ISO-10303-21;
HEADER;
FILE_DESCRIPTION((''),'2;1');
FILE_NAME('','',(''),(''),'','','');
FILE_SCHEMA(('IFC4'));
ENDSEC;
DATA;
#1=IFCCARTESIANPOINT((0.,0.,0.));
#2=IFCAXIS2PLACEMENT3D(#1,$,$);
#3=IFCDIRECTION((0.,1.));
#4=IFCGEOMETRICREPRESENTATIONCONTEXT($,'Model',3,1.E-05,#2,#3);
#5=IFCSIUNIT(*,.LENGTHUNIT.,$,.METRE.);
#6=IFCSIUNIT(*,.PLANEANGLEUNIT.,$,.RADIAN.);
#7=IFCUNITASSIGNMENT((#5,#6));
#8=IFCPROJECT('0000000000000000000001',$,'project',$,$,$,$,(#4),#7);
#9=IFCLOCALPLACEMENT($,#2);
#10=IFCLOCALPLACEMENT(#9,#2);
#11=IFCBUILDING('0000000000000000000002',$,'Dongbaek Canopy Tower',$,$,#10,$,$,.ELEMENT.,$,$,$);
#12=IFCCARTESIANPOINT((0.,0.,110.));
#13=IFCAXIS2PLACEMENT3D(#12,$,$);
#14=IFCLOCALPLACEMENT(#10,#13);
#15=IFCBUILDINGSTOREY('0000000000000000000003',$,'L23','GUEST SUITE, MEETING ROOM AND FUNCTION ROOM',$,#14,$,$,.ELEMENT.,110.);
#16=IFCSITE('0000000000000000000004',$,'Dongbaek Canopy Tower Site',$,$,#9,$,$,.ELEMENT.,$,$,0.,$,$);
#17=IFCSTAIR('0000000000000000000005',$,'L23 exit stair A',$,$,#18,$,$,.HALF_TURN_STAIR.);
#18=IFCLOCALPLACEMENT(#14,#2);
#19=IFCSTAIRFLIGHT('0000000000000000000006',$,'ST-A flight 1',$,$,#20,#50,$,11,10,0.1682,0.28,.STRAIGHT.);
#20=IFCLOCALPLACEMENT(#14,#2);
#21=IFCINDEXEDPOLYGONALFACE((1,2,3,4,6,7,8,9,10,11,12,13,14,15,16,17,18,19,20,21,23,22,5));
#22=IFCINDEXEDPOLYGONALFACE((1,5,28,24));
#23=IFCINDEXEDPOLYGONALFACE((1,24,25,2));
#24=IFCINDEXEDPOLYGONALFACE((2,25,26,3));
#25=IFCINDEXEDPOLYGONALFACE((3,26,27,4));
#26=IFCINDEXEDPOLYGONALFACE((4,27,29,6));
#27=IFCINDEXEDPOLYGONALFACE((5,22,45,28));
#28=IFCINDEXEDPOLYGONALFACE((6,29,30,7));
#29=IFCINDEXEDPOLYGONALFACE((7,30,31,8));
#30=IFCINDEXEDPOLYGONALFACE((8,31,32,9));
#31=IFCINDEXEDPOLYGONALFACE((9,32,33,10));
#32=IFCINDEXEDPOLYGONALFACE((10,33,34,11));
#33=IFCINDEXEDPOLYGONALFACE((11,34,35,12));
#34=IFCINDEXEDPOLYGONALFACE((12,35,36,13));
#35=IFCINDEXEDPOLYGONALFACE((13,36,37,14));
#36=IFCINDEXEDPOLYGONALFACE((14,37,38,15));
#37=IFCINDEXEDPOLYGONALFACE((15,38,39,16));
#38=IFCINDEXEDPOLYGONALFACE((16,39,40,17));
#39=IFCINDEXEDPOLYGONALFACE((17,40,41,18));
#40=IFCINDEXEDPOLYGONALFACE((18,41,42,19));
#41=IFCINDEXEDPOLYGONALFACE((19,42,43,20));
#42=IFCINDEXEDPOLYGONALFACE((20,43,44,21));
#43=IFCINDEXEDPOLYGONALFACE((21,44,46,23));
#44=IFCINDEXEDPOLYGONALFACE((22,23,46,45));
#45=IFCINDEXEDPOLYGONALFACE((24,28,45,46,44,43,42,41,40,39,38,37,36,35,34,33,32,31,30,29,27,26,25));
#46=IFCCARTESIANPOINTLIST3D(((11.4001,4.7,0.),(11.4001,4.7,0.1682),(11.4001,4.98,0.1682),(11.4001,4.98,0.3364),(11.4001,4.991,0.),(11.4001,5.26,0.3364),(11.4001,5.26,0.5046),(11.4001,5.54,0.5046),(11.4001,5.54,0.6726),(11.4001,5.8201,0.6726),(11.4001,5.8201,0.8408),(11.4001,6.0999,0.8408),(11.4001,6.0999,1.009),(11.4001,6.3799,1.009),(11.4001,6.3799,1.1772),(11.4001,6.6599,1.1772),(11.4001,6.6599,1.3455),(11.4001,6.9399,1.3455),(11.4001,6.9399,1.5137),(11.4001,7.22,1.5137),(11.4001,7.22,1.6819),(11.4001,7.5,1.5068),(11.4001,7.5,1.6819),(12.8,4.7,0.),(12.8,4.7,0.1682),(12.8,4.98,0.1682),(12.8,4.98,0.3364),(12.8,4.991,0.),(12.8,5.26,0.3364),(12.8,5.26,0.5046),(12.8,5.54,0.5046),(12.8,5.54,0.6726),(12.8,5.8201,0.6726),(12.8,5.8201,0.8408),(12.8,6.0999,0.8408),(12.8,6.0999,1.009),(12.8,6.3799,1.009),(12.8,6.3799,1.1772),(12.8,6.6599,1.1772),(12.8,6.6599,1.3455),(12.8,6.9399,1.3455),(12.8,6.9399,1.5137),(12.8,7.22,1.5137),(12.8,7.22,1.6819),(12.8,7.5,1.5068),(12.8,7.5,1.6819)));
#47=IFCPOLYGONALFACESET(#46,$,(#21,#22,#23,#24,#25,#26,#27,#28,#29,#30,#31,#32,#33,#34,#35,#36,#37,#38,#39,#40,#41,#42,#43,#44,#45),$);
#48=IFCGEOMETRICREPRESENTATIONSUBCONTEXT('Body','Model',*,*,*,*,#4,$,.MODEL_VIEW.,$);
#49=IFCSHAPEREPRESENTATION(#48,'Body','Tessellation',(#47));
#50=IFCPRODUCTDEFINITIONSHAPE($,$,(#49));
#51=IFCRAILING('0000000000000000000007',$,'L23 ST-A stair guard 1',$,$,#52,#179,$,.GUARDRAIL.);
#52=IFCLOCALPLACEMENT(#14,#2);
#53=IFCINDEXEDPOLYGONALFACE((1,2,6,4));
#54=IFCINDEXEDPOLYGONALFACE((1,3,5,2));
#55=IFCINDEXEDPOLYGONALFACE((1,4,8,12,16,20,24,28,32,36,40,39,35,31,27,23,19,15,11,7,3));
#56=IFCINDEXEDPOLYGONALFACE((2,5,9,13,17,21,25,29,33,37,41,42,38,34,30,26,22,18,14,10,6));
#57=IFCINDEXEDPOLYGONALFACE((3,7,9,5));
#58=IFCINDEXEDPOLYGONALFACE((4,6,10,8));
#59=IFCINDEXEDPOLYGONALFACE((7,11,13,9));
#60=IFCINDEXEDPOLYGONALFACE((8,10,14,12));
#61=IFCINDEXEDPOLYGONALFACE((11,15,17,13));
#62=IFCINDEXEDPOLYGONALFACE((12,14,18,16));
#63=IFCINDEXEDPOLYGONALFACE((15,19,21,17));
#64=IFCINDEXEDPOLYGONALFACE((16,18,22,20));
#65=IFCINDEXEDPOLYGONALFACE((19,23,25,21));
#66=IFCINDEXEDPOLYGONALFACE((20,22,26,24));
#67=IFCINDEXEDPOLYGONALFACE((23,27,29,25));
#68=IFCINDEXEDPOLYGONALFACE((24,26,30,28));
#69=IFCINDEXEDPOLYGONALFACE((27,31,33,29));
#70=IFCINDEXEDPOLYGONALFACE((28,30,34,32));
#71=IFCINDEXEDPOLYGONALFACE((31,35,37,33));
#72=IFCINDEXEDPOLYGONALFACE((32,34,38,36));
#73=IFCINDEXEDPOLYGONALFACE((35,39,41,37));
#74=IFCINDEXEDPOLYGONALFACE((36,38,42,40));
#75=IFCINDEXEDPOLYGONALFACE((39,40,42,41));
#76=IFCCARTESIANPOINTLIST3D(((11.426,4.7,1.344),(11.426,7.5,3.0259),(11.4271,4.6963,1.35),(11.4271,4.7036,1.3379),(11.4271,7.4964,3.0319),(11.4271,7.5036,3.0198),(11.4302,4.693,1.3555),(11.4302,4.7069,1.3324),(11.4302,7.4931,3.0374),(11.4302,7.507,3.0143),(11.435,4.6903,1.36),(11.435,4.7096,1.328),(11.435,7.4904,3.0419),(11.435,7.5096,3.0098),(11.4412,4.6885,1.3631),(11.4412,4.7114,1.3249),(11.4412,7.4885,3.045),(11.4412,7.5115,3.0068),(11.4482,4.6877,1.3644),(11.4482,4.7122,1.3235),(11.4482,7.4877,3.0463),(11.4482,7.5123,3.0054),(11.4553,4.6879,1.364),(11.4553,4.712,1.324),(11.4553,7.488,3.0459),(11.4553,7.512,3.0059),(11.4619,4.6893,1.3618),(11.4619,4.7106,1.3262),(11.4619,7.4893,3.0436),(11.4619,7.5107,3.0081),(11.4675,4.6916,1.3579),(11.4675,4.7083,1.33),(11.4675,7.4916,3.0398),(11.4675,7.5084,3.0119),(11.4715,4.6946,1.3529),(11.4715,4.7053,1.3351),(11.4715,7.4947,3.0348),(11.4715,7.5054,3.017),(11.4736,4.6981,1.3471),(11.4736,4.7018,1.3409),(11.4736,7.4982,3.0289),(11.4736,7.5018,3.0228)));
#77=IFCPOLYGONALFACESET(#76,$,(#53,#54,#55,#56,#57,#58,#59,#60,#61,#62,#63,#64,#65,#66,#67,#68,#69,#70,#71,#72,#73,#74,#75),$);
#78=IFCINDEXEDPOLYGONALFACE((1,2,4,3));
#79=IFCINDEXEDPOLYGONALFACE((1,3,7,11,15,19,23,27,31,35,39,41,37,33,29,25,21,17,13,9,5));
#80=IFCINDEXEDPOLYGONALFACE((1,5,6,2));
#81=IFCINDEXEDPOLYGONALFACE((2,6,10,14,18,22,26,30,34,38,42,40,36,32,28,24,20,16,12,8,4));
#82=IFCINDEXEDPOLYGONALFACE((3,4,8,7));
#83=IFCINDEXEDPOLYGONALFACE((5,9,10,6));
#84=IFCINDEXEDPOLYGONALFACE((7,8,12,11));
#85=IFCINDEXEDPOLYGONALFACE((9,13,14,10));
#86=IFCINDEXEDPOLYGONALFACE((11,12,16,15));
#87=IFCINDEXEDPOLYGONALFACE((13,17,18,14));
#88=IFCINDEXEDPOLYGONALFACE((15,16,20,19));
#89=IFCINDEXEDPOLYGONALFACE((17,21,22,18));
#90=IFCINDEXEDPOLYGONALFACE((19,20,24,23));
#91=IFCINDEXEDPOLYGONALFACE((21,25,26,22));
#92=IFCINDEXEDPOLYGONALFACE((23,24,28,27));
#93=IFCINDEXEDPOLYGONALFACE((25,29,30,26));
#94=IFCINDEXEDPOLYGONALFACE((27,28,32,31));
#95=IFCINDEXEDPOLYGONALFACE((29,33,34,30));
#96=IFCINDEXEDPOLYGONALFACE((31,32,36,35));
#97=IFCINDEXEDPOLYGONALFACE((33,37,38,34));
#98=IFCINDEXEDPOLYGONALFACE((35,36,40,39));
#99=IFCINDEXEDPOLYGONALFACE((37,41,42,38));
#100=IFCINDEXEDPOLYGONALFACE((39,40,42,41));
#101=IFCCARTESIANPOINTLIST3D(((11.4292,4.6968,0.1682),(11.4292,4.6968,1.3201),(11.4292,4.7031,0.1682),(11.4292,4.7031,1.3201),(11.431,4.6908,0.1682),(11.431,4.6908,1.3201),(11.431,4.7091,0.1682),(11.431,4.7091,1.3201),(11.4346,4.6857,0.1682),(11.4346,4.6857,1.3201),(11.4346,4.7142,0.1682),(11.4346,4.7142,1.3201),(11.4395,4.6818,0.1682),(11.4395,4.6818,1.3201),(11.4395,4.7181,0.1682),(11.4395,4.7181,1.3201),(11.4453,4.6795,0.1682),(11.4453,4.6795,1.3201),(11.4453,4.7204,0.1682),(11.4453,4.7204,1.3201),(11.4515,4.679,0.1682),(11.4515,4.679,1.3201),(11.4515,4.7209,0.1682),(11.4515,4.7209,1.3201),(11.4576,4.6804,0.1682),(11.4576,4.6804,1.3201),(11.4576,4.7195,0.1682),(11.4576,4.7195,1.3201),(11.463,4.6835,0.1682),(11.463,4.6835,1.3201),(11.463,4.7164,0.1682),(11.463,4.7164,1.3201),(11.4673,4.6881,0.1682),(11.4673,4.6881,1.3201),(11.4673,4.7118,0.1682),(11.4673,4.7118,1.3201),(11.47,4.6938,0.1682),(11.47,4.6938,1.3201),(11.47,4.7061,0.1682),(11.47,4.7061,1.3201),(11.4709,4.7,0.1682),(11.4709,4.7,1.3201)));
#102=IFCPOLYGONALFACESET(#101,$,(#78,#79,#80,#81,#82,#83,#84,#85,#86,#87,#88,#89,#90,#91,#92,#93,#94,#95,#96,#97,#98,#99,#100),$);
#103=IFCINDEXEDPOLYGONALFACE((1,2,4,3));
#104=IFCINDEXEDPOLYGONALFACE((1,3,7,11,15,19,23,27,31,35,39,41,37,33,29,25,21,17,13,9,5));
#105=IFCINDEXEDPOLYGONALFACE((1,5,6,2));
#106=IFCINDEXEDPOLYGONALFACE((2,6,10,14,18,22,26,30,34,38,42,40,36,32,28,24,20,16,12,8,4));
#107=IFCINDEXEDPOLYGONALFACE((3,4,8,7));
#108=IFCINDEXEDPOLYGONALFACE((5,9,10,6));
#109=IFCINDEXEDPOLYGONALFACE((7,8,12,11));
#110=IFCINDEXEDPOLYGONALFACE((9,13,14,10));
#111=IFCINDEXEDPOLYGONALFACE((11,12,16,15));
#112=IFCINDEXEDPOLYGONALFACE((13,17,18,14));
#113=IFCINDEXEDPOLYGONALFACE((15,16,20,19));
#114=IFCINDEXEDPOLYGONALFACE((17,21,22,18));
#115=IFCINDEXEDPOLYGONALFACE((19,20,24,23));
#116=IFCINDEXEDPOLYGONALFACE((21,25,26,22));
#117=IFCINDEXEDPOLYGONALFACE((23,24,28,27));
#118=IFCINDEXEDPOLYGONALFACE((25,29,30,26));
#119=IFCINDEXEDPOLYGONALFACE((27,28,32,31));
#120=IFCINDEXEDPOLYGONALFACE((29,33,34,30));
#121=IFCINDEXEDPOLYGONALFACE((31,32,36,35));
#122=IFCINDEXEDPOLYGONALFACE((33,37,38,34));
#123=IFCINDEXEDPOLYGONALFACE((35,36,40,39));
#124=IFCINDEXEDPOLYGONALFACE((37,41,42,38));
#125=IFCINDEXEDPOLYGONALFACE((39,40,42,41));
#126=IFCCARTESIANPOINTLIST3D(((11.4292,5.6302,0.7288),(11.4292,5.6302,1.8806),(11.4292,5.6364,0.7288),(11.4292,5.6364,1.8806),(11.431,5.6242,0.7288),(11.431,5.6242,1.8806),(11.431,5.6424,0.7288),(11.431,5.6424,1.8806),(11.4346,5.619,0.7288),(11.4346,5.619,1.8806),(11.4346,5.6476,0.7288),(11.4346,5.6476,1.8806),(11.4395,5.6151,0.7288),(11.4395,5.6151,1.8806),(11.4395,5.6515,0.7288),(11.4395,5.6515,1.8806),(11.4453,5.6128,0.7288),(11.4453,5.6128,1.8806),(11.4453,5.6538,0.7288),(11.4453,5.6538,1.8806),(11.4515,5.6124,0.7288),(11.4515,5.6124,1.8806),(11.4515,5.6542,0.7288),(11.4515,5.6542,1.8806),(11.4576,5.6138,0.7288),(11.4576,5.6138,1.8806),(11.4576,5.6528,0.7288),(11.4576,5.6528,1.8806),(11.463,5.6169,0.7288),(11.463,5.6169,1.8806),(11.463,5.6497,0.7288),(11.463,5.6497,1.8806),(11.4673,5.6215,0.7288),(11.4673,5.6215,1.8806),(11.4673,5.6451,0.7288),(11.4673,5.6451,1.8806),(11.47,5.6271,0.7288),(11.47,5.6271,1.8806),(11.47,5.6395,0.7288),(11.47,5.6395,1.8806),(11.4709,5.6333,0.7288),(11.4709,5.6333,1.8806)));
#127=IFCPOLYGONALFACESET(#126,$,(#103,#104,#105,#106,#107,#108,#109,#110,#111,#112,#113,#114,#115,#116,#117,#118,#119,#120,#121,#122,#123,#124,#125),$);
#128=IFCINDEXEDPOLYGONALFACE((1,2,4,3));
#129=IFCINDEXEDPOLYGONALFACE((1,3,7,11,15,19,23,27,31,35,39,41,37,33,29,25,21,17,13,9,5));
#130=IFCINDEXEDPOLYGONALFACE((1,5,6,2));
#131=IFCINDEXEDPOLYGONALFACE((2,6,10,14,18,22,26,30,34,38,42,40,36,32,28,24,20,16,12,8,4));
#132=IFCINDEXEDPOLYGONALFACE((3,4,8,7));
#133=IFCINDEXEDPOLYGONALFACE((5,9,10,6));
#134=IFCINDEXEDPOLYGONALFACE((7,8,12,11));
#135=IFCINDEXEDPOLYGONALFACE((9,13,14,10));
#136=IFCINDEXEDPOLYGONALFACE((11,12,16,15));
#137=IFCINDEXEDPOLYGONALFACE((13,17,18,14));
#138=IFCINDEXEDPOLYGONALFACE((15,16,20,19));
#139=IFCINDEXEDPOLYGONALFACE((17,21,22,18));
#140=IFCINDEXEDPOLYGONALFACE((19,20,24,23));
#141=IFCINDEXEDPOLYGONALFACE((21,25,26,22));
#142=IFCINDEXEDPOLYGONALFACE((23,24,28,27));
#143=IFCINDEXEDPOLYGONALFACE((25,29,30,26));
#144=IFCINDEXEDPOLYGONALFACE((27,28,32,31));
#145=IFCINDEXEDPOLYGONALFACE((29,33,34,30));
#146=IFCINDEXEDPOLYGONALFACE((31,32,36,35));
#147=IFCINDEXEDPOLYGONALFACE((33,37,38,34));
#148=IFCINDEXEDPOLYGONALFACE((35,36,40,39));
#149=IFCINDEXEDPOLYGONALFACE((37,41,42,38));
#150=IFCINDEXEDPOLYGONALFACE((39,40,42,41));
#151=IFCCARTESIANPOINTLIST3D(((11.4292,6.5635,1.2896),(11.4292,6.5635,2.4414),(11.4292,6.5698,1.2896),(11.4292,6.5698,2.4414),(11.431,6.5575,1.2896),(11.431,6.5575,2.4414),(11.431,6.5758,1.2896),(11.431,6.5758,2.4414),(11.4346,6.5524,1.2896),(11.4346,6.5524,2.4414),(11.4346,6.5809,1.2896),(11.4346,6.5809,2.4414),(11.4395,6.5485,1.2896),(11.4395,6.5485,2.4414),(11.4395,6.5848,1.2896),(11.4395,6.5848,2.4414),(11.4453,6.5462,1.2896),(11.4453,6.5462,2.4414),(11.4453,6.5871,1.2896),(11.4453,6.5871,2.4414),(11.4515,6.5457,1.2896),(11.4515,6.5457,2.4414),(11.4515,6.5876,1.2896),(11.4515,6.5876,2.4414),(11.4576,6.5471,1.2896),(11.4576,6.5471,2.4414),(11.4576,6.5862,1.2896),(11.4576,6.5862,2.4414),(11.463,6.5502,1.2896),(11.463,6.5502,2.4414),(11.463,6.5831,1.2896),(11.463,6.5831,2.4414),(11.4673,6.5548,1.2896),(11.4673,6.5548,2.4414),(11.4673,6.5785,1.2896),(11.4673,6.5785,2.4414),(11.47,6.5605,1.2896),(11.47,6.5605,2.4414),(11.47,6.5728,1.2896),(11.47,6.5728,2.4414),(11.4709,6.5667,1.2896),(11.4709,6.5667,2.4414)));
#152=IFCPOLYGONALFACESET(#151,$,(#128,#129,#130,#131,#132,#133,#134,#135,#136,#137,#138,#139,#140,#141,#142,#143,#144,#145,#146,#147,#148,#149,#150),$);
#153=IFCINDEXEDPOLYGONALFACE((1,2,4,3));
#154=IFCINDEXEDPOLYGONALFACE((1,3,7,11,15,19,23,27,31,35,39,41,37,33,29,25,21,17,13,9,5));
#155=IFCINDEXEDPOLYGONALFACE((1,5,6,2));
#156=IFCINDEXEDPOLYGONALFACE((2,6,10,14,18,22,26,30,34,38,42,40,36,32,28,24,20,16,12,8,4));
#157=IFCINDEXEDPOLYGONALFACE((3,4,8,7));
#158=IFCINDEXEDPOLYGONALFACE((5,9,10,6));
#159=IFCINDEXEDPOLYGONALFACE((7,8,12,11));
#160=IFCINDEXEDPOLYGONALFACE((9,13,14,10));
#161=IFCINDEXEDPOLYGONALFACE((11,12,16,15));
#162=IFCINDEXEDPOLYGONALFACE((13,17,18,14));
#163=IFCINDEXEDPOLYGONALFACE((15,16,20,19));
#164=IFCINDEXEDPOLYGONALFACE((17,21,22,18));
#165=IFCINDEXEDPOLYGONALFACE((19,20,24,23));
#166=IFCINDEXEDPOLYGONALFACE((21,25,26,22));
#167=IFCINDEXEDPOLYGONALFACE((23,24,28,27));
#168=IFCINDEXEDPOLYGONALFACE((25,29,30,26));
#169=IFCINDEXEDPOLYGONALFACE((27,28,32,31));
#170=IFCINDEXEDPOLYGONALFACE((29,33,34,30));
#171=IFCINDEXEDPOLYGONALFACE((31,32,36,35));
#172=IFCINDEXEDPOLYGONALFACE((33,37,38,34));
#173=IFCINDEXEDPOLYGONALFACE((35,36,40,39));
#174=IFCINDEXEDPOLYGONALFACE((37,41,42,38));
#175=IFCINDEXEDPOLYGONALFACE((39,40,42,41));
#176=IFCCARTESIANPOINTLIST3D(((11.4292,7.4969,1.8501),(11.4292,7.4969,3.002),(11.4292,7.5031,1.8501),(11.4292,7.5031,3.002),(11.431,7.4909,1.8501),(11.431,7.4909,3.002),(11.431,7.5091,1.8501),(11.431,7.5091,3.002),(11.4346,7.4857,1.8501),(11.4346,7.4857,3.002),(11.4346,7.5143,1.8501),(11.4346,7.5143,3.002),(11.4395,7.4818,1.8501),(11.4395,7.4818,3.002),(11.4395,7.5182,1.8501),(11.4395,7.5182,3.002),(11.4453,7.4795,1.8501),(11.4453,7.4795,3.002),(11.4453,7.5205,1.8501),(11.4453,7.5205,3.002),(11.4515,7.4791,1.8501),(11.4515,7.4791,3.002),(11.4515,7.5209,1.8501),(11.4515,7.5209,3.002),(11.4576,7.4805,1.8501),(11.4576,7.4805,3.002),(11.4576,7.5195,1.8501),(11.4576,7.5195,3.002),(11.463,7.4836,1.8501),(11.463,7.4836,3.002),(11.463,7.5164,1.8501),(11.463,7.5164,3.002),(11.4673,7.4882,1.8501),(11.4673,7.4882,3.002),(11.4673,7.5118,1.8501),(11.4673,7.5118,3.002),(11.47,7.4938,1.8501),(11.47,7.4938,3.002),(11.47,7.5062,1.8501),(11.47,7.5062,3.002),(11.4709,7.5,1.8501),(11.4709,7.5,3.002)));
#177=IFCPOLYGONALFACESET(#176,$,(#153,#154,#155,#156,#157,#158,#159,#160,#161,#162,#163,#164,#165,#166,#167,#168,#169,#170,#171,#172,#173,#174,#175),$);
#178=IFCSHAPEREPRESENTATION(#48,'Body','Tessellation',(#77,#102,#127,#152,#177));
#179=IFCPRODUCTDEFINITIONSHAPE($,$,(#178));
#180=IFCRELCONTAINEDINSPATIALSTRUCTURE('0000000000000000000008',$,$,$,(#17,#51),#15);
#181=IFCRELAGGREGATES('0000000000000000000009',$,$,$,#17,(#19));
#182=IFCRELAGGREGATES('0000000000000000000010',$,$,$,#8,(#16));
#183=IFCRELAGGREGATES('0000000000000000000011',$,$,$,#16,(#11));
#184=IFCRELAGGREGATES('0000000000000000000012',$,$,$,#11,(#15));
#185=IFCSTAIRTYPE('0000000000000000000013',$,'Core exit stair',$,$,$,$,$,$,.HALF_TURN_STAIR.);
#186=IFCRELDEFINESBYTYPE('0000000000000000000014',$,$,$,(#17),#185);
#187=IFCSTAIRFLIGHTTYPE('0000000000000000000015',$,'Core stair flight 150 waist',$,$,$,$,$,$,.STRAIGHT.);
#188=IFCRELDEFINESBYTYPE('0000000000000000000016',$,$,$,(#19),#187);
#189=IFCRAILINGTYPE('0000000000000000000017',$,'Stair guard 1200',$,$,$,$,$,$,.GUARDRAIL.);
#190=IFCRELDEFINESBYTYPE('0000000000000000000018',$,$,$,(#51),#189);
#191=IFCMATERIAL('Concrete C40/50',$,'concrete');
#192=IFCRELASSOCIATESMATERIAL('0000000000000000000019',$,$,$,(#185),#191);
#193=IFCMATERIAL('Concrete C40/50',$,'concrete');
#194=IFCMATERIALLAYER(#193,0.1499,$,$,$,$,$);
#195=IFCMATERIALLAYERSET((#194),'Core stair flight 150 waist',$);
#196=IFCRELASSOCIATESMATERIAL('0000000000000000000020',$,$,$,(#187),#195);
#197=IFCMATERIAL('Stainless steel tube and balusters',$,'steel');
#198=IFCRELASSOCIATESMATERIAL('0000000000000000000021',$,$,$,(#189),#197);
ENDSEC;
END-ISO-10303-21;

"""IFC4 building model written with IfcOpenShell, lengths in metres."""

from ifc_helpers import new_model, si_unit, direction, frame, origin, origin_2d, place, context, subcontext, project, spatial, polyline, circle, outline, extrude, material, layer, layer_set, type_object, element, aggregate, save


model = new_model("IFC4")

# Units and contexts
model_context = context("Model", 3, precision=1e-05, world=origin(), true_north=direction((0.0, 1.0)))
body_context = subcontext(model_context, "Body", "Model", "MODEL_VIEW")
ifc_project = project(units=[si_unit("LENGTHUNIT", "METRE"), si_unit("PLANEANGLEUNIT", "RADIAN")], contexts=[model_context])

# Site, building, storey
site_placement = place(None, origin())
site = spatial("IfcSite", under=ifc_project, at=site_placement, Name="Dongbaek Canopy Tower Site", CompositionType="ELEMENT", RefElevation=0.0)
building_placement = place(site_placement, origin())
building = spatial("IfcBuilding", under=site, at=building_placement, Name="Dongbaek Canopy Tower", CompositionType="ELEMENT")
storey_placement = place(building_placement, frame((0.0, 0.0, 110.0)))
storey = spatial("IfcBuildingStorey", under=building, at=storey_placement, Name="L23", Description="GUEST SUITE, MEETING ROOM AND FUNCTION ROOM", CompositionType="ELEMENT", Elevation=110.0)

# Stair, stair flight
ifc_material_1 = material(Name="Concrete C40/50", Category="concrete")
stair_type = type_object("IfcStairType", Name="Core exit stair", PredefinedType="HALF_TURN_STAIR", material=ifc_material_1)
stair_placement = place(storey_placement, origin())
stair = element("IfcStair", 1, at=stair_placement, inside=storey, type_object=stair_type, Name="L23 exit stair A", PredefinedType="HALF_TURN_STAIR")
ifc_material_2 = material(Name="Concrete C40/50", Category="concrete")
ifc_layer_1 = layer(ifc_material_2, 0.1499)
ifc_layer_set_1 = layer_set([ifc_layer_1], Name="Core stair flight 150 waist")
stair_flight_type = type_object("IfcStairFlightType", Name="Core stair flight 150 waist", PredefinedType="STRAIGHT", material=ifc_layer_set_1)
stair_flight_placement = place(storey_placement, frame((12.1001, 4.7, 0.0), z_axis=(0.0, 0.0, 1.0), x_axis=(0.0, 1.0, 0.0)))
stair_flight = element("IfcStairFlight", 2, at=stair_flight_placement, type_object=stair_flight_type, Name="ST-A flight 1", NumberOfRisers=11, NumberOfTreads=10, PredefinedType="STRAIGHT", RiserHeight=0.1682, TreadLength=0.28, context=body_context, shape_type="SweptSolid", body=[
    extrude(outline(polyline([(0.0, 0.0), (0.0, 0.1682), (0.28, 0.1682), (0.28, 0.3364), (0.5601, 0.3364), (0.5601, 0.5046), (0.8401, 0.5046), (0.8401, 0.6726), (1.1201, 0.6726), (1.1201, 0.8408), (1.3999, 0.8408), (1.3999, 1.009), (1.6799, 1.009), (1.6799, 1.1772), (1.96, 1.1772), (1.96, 1.3455), (2.24, 1.3455), (2.24, 1.5137), (2.52, 1.5137), (2.52, 1.6819), (2.8, 1.6819), (2.8, 1.8501), (2.8, 1.5068), (0.291, 0.0), (0.0, 0.0)])), frame((0.0, 0.7, 0.0), z_axis=(0.0, -1.0, 0.0), x_axis=(1.0, 0.0, 0.0)), (0.0, 0.0, 1.0), 1.3999),
])
aggregate(stair, [stair_flight])

# Railing
ifc_material_3 = material(Name="Stainless steel tube and balusters", Category="steel")
railing_type_1 = type_object("IfcRailingType", Name="Stair guard 1200", PredefinedType="GUARDRAIL", material=ifc_material_3)
railing_1_placement = place(storey_placement, frame((11.45, 4.7, 0.1682)))
element("IfcRailing", 3, at=railing_1_placement, inside=storey, type_object=railing_type_1, Name="L23 ST-A stair guard 1", PredefinedType="GUARDRAIL", context=body_context, shape_type="SweptSolid", body=[
    extrude(circle(Radius=0.0239, at=origin_2d()), frame((0.0, 0.0, 1.1758), z_axis=(0.0, 0.857242, 0.514913), x_axis=(-1.0, 0.0, 0.0)), (0.0, 0.0, 1.0), 3.2664),
    extrude(circle(Radius=0.021, at=origin_2d()), origin(), (0.0, 0.0, 1.0), 1.1519),
    extrude(circle(Radius=0.021, at=origin_2d()), frame((0.0, 0.9333, 0.5605)), (0.0, 0.0, 1.0), 1.1519),
    extrude(circle(Radius=0.021, at=origin_2d()), frame((0.0, 1.8667, 1.1213)), (0.0, 0.0, 1.0), 1.1519),
    extrude(circle(Radius=0.021, at=origin_2d()), frame((0.0, 2.8, 1.6819)), (0.0, 0.0, 1.0), 1.1519),
])

save(model, "model.ifc")
